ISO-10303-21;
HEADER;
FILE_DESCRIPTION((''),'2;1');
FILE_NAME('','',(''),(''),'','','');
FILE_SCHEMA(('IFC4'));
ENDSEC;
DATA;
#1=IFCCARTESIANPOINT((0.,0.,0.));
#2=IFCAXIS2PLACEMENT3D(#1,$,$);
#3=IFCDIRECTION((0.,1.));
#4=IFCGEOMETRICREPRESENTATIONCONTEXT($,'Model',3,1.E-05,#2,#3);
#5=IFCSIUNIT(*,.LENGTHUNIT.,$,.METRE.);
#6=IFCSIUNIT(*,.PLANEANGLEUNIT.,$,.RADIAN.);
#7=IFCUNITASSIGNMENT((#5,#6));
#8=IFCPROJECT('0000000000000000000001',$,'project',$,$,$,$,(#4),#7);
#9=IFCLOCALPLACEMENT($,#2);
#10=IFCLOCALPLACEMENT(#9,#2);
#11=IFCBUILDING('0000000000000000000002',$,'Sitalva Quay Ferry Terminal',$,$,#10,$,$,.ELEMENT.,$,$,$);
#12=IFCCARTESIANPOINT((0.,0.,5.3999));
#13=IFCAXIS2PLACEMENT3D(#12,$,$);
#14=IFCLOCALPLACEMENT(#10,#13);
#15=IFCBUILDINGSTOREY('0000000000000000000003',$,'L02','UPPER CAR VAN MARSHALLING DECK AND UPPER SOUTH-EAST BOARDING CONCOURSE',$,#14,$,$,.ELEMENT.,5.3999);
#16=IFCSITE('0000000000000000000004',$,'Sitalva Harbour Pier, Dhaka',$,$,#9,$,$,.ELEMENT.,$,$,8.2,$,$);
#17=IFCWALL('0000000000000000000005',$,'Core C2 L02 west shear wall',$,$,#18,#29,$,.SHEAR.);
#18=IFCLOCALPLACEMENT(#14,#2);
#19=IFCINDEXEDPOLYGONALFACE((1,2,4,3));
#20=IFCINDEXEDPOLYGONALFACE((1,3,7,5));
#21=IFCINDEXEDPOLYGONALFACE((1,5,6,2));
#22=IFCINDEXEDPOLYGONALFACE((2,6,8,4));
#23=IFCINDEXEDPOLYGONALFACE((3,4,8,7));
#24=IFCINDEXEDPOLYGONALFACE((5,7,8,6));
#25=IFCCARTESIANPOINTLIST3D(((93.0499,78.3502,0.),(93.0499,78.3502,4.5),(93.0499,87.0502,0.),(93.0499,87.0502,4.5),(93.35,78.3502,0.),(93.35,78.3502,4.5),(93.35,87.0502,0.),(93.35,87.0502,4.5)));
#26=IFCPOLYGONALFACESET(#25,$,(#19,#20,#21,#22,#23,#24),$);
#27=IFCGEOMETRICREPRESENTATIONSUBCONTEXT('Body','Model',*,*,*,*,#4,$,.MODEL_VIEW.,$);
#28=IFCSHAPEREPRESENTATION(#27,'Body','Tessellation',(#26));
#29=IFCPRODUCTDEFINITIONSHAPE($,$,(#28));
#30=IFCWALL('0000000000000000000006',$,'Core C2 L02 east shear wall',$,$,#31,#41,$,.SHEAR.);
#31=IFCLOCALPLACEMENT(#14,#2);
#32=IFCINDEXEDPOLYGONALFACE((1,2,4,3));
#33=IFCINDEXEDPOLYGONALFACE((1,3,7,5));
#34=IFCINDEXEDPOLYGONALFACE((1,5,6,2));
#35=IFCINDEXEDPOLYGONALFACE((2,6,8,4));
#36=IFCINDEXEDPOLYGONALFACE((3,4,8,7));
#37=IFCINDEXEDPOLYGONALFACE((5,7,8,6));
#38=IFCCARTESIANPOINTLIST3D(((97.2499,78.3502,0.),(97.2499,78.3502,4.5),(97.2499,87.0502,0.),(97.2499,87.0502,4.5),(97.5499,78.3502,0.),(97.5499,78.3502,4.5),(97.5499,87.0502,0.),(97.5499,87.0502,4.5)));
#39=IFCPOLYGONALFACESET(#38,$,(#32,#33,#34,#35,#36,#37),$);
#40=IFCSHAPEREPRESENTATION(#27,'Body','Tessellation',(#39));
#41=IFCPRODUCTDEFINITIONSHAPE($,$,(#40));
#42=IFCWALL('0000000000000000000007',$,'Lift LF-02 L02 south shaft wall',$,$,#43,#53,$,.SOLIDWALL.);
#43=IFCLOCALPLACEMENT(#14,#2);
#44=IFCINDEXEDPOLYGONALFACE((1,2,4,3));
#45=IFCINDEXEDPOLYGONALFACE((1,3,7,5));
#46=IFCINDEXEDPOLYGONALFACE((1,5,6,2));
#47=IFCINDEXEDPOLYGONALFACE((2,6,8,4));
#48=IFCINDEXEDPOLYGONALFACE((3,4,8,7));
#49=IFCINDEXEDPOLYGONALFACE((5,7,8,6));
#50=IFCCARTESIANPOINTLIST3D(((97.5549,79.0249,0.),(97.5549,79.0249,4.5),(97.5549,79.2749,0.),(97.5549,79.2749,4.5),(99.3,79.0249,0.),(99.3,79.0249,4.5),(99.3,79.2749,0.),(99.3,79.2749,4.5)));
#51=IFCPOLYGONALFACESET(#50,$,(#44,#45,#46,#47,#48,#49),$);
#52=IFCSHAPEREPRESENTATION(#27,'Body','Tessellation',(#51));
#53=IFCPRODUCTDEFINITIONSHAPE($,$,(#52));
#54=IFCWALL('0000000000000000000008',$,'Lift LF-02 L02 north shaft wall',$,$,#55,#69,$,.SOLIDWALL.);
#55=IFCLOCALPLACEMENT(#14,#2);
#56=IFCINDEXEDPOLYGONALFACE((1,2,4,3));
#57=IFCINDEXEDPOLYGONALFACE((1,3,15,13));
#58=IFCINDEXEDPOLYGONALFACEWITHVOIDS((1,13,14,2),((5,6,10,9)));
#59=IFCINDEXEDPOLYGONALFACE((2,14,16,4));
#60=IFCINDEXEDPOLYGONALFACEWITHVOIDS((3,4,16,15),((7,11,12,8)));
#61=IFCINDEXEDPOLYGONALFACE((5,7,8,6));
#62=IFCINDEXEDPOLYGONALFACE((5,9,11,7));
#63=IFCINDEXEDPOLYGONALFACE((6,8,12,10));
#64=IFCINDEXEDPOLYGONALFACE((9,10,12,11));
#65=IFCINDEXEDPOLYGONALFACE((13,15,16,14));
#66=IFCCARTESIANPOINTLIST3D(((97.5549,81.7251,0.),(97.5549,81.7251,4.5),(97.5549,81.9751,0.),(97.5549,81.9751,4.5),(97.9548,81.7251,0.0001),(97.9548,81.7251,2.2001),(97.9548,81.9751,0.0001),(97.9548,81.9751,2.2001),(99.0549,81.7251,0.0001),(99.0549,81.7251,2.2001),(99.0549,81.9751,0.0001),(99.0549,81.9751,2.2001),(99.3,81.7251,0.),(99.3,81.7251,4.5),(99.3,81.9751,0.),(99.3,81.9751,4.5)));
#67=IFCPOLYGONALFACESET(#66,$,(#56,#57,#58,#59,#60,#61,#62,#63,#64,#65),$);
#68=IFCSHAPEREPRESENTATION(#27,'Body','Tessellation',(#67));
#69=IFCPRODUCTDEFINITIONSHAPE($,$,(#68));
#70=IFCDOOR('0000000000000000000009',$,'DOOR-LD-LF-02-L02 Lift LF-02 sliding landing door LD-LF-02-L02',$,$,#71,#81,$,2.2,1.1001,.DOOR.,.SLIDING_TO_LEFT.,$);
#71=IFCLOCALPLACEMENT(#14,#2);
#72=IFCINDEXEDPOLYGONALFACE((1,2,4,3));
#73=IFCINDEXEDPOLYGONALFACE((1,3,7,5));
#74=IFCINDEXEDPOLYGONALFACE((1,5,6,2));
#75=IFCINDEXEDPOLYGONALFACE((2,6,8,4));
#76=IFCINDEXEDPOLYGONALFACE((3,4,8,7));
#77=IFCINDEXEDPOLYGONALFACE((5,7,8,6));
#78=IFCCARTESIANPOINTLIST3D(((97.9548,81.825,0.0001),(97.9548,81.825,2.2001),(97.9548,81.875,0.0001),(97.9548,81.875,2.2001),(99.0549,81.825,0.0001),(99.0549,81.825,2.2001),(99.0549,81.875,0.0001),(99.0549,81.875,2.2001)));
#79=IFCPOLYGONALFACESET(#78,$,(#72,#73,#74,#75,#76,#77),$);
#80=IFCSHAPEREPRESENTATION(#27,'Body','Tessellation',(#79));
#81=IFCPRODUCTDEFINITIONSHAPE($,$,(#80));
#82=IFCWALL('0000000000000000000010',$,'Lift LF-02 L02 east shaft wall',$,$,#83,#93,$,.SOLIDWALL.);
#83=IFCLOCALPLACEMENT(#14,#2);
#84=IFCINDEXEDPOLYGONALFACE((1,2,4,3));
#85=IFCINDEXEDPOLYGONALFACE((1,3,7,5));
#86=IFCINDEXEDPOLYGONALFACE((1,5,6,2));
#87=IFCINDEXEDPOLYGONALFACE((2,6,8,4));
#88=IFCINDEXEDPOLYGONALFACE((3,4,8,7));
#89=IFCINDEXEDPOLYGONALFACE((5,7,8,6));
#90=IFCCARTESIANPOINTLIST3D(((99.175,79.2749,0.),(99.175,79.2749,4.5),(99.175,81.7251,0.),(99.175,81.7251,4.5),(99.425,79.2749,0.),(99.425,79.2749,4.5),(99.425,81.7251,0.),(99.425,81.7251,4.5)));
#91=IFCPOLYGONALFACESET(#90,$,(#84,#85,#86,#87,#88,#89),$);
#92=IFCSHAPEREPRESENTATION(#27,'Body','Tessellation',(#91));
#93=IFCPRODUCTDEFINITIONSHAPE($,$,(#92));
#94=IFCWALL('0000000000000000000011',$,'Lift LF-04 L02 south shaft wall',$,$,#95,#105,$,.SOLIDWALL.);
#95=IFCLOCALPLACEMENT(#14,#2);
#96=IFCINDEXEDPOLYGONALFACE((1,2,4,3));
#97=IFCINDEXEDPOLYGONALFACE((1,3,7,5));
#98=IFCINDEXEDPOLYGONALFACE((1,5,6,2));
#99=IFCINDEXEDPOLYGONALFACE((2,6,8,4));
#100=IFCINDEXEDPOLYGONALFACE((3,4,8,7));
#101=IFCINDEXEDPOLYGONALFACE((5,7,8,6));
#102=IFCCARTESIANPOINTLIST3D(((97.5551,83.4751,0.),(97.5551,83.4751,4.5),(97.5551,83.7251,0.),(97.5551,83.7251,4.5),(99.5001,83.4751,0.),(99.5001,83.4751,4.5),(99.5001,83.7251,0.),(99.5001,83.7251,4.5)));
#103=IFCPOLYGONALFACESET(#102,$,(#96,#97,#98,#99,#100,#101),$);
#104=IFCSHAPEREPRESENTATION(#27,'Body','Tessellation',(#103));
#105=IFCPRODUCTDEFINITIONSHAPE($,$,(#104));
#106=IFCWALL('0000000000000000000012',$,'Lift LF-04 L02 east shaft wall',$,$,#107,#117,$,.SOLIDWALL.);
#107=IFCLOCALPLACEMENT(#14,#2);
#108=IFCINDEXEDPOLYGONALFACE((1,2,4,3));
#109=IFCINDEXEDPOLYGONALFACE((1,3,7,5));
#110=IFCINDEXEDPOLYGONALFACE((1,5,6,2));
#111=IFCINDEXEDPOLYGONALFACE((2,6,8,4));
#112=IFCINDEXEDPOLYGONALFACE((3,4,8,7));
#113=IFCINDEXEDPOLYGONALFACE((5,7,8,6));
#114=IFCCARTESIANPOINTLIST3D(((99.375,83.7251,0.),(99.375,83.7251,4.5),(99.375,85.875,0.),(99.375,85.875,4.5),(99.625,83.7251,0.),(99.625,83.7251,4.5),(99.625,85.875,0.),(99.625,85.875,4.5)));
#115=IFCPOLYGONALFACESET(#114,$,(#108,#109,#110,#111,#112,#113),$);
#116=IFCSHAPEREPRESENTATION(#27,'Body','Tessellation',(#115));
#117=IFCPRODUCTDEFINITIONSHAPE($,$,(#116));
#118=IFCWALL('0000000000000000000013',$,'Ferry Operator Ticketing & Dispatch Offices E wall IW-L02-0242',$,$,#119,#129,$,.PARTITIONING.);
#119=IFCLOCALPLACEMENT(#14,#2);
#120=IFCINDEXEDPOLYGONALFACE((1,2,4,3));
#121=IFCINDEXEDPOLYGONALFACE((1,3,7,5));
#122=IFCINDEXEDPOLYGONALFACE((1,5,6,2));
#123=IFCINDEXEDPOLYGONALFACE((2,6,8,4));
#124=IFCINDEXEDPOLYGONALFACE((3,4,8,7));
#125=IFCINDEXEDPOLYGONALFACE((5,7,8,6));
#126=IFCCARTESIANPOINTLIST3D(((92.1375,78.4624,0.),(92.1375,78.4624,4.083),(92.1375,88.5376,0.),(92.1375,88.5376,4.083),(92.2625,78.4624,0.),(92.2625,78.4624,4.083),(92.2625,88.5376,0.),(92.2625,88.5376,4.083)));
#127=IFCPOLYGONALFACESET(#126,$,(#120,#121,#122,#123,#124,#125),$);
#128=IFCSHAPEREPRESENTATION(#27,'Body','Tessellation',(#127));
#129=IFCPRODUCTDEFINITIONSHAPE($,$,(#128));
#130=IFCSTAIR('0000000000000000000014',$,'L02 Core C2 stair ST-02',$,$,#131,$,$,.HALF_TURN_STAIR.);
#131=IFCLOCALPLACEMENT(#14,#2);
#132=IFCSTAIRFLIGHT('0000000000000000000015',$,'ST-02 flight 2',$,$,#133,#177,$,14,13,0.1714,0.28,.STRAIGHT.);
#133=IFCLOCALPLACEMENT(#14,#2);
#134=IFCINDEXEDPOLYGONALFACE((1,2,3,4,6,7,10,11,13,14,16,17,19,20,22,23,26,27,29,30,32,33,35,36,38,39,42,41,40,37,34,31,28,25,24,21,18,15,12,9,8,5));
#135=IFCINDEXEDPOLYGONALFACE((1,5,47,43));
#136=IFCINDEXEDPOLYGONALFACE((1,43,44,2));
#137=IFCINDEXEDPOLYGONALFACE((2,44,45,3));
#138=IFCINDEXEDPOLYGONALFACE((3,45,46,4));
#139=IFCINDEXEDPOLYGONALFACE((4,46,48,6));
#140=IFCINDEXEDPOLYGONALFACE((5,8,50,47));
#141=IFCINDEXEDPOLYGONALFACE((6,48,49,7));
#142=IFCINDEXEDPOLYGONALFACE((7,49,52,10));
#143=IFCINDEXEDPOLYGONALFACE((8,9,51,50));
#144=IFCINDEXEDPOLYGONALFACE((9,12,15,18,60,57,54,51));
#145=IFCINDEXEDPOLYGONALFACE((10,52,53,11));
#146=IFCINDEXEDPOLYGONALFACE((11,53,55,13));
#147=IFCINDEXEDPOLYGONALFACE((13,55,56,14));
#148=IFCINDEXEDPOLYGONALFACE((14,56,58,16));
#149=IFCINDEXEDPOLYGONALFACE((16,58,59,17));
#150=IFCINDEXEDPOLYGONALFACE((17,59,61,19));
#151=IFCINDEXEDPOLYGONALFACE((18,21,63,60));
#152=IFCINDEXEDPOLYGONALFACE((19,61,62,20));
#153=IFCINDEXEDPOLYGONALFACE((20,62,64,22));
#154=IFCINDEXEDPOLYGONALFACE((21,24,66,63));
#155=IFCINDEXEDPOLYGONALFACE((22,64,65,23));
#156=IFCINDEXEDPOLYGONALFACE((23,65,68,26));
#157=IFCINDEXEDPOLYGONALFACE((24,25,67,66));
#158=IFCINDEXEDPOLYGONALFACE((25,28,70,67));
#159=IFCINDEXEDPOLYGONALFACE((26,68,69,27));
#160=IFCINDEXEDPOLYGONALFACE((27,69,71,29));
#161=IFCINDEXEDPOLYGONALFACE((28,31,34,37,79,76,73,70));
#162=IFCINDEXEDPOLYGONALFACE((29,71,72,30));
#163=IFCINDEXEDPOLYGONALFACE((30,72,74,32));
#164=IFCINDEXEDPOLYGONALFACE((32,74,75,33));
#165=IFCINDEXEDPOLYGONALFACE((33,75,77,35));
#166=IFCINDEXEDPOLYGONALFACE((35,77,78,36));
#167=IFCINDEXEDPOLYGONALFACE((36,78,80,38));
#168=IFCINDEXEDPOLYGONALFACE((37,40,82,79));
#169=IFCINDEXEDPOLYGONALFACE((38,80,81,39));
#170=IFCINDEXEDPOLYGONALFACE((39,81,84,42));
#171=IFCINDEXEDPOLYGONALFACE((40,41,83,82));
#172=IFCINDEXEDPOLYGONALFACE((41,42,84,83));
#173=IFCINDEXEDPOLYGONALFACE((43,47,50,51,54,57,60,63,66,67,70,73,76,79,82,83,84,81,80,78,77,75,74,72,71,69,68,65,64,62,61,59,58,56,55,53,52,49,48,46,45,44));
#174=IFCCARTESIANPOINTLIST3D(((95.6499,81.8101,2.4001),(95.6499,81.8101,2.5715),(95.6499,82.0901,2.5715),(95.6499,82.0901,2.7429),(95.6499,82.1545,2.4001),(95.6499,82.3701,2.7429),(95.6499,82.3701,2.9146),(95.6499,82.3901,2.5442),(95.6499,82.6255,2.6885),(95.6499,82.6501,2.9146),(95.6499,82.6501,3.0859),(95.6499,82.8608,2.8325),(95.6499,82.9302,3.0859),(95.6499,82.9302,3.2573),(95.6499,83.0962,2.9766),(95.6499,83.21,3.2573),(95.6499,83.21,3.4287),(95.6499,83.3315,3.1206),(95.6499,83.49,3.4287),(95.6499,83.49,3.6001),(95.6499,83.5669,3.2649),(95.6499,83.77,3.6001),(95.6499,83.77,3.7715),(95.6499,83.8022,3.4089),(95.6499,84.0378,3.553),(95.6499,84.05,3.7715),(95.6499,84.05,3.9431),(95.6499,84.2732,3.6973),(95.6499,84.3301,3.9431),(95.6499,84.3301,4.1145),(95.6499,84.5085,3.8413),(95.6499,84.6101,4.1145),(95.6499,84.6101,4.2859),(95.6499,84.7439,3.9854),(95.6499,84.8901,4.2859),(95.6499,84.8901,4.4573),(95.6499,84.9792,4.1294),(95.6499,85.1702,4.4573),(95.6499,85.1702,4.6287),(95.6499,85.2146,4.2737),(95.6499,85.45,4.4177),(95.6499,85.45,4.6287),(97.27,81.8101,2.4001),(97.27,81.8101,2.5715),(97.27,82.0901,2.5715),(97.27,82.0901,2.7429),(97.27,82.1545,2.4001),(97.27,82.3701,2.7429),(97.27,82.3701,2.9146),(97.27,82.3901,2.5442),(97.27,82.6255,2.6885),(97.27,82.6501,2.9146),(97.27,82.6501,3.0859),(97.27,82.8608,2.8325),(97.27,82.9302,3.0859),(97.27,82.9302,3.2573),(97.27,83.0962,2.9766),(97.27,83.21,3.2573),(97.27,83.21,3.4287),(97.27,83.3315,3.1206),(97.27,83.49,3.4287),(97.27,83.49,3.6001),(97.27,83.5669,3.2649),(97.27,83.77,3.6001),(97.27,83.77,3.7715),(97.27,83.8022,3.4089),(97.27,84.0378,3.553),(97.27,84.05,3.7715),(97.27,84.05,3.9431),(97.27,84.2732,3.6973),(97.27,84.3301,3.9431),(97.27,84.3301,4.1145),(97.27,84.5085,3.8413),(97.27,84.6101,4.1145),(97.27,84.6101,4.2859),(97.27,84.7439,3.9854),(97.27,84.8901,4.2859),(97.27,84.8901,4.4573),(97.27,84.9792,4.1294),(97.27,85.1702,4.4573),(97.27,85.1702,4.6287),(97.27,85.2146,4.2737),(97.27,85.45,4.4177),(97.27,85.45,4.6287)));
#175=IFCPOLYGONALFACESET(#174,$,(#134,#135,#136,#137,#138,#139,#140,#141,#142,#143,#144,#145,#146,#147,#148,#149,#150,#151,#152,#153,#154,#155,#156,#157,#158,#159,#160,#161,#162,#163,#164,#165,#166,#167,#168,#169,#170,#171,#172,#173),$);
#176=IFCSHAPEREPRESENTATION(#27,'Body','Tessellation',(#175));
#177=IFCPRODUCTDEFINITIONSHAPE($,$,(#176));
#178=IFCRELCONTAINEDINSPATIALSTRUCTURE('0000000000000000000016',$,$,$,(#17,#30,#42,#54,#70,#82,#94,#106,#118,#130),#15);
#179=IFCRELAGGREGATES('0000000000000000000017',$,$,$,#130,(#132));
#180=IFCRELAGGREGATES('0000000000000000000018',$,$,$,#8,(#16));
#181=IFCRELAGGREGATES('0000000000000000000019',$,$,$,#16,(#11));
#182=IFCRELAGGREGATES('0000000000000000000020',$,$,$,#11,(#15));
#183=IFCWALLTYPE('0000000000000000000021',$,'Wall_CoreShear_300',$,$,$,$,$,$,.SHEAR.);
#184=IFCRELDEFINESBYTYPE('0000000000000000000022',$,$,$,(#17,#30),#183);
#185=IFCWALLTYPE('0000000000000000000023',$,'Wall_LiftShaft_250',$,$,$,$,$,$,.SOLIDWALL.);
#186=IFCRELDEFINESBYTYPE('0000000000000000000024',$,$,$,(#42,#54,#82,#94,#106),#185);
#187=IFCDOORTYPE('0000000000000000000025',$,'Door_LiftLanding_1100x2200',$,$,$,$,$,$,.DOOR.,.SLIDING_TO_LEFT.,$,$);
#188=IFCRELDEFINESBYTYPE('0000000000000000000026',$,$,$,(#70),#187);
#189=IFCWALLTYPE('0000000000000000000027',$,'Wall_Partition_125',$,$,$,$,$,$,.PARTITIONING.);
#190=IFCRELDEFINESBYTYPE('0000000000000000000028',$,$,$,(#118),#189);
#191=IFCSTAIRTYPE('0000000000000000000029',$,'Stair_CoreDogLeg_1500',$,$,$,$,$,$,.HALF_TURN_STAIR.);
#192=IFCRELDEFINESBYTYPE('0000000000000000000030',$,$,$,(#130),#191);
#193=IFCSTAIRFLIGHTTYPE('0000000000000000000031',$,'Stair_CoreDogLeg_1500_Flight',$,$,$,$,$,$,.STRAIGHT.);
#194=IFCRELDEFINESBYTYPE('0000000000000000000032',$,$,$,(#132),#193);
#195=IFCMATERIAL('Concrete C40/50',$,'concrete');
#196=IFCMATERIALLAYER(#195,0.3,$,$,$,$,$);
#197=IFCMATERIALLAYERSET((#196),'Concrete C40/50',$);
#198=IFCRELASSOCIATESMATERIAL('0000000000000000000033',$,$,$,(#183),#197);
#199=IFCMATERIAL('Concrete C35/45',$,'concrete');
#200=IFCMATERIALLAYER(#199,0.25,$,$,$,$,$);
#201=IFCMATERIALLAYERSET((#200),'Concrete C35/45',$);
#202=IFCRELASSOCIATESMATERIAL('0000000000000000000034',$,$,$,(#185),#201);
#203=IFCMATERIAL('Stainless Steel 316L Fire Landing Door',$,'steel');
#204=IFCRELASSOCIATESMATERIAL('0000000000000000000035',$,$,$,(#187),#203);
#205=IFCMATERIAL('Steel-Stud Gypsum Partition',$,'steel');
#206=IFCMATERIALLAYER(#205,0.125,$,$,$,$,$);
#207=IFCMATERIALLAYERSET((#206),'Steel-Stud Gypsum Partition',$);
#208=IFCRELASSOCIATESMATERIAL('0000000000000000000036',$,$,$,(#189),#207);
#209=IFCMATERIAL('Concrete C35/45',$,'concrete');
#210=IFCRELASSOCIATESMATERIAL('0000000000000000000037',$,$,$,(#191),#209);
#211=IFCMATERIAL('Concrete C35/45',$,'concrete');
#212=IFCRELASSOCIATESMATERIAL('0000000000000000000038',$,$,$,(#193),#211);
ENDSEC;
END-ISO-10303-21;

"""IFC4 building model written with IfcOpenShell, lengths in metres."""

from ifc_helpers import new_model, si_unit, direction, frame, frame_2d, origin, place, context, subcontext, project, spatial, polyline, rectangle, outline, extrude, material, layer, layer_set, type_object, element, fill, aggregate, save


model = new_model("IFC4")

# Units and contexts
model_context = context("Model", 3, precision=1e-05, world=origin(), true_north=direction((0.0, 1.0)))
body_context = subcontext(model_context, "Body", "Model", "MODEL_VIEW")
ifc_project = project(units=[si_unit("LENGTHUNIT", "METRE"), si_unit("PLANEANGLEUNIT", "RADIAN")], contexts=[model_context])

# Site, building, storey
site_placement = place(None, origin())
site = spatial("IfcSite", under=ifc_project, at=site_placement, Name="Sitalva Harbour Pier, Dhaka", CompositionType="ELEMENT", RefElevation=8.2)
building_placement = place(site_placement, origin())
building = spatial("IfcBuilding", under=site, at=building_placement, Name="Sitalva Quay Ferry Terminal", CompositionType="ELEMENT")
storey_placement = place(building_placement, frame((0.0, 0.0, 5.3999)))
storey = spatial("IfcBuildingStorey", under=building, at=storey_placement, Name="L02", Description="UPPER CAR VAN MARSHALLING DECK AND UPPER SOUTH-EAST BOARDING CONCOURSE", CompositionType="ELEMENT", Elevation=5.3999)

# Walls
ifc_material_1 = material(Name="Concrete C40/50", Category="concrete")
ifc_layer_1 = layer(ifc_material_1, 0.3)
ifc_layer_set_1 = layer_set([ifc_layer_1], Name="Concrete C40/50")
wall_type_1 = type_object("IfcWallType", Name="Wall_CoreShear_300", PredefinedType="SHEAR", material=ifc_layer_set_1)
for number, where, z_axis, x_axis, name in (
    (1, (93.2, 78.3501, 0.0), (0.0, 0.0, 1.0), (0.0, 1.0, 0.0), "Core C2 L02 west shear wall"),
    (2, (97.3999, 78.3501, 0.0), (0.0, 0.0, 1.0), (0.0, 1.0, 0.0), "Core C2 L02 east shear wall"),
):
    element("IfcWall", number, at=place(storey_placement, frame(where, z_axis=z_axis, x_axis=x_axis)), inside=storey, type_object=wall_type_1, Name=name, PredefinedType="SHEAR", context=body_context, shape_type="SweptSolid", body=[
        extrude(rectangle(XDim=8.7, YDim=0.3, at=frame_2d((4.3501, 0.0))), origin(), (0.0, 0.0, 1.0), 4.5),
    ])
ifc_material_2 = material(Name="Concrete C35/45", Category="concrete")
ifc_layer_2 = layer(ifc_material_2, 0.25)
ifc_layer_set_2 = layer_set([ifc_layer_2], Name="Concrete C35/45")
wall_type_2 = type_object("IfcWallType", Name="Wall_LiftShaft_250", PredefinedType="SOLIDWALL", material=ifc_layer_set_2)
wall_1_placement = place(storey_placement, frame((97.5549, 79.1499, 0.0), z_axis=(0.0, 0.0, 1.0), x_axis=(1.0, 0.0, 0.0)))
element("IfcWall", 3, at=wall_1_placement, inside=storey, type_object=wall_type_2, Name="Lift LF-02 L02 south shaft wall", PredefinedType="SOLIDWALL", context=body_context, shape_type="SweptSolid", body=[
    extrude(rectangle(XDim=1.7451, YDim=0.25, at=frame_2d((0.8726, 0.0))), origin(), (0.0, 0.0, 1.0), 4.5),
])

# Wall, opening, door
wall_2_placement = place(storey_placement, frame((97.5549, 81.8501, 0.0), z_axis=(0.0, 0.0, 1.0), x_axis=(1.0, 0.0, 0.0)))
wall_2 = element("IfcWall", 4, at=wall_2_placement, inside=storey, type_object=wall_type_2, Name="Lift LF-02 L02 north shaft wall", PredefinedType="SOLIDWALL", context=body_context, shape_type="SweptSolid", body=[
    extrude(rectangle(XDim=1.7451, YDim=0.25, at=frame_2d((0.8726, 0.0))), origin(), (0.0, 0.0, 1.0), 4.5),
])
opening_placement = place(wall_2_placement, frame((0.3999, 0.0, 0.0)))
opening = element("IfcOpeningElement", 5, at=opening_placement, cuts=wall_2, PredefinedType="OPENING", context=body_context, shape_type="SweptSolid", body=[
    extrude(rectangle(XDim=1.1001, YDim=2.2, at=frame_2d((0.55, 1.1001))), frame((0.0, 0.135, 0.0), z_axis=(0.0, -1.0, 0.0), x_axis=(1.0, 0.0, 0.0)), (0.0, 0.0, 1.0), 0.27),
])
ifc_material_3 = material(Name="Stainless Steel 316L Fire Landing Door", Category="steel")
door_type = type_object("IfcDoorType", Name="Door_LiftLanding_1100x2200", OperationType="SLIDING_TO_LEFT", PredefinedType="DOOR", material=ifc_material_3)
door_placement = place(opening_placement, origin())
door = element("IfcDoor", 6, at=door_placement, inside=storey, type_object=door_type, Name="DOOR-LD-LF-02-L02 Lift LF-02 sliding landing door LD-LF-02-L02", OperationType="SLIDING_TO_LEFT", OverallHeight=2.2, OverallWidth=1.1001, PredefinedType="DOOR", context=body_context, shape_type="SweptSolid", body=[
    extrude(rectangle(XDim=1.1001, YDim=2.2, at=frame_2d((0.55, 1.1001))), frame((0.0, 0.0249, 0.0), z_axis=(0.0, -1.0, 0.0), x_axis=(1.0, 0.0, 0.0)), (0.0, 0.0, 1.0), 0.05),
])
fill(opening, door)

# Walls
wall_3_placement = place(storey_placement, frame((99.3, 79.2749, 0.0), z_axis=(0.0, 0.0, 1.0), x_axis=(0.0, 1.0, 0.0)))
element("IfcWall", 7, at=wall_3_placement, inside=storey, type_object=wall_type_2, Name="Lift LF-02 L02 east shaft wall", PredefinedType="SOLIDWALL", context=body_context, shape_type="SweptSolid", body=[
    extrude(rectangle(XDim=2.4502, YDim=0.25, at=frame_2d((1.2251, 0.0))), origin(), (0.0, 0.0, 1.0), 4.5),
])
wall_4_placement = place(storey_placement, frame((97.5549, 83.6001, 0.0), z_axis=(0.0, 0.0, 1.0), x_axis=(1.0, 0.0, 0.0)))
element("IfcWall", 8, at=wall_4_placement, inside=storey, type_object=wall_type_2, Name="Lift LF-04 L02 south shaft wall", PredefinedType="SOLIDWALL", context=body_context, shape_type="SweptSolid", body=[
    extrude(rectangle(XDim=1.9451, YDim=0.25, at=frame_2d((0.9727, 0.0))), origin(), (0.0, 0.0, 1.0), 4.5),
])
wall_5_placement = place(storey_placement, frame((99.5, 83.7251, 0.0), z_axis=(0.0, 0.0, 1.0), x_axis=(0.0, 1.0, 0.0)))
element("IfcWall", 9, at=wall_5_placement, inside=storey, type_object=wall_type_2, Name="Lift LF-04 L02 east shaft wall", PredefinedType="SOLIDWALL", context=body_context, shape_type="SweptSolid", body=[
    extrude(rectangle(XDim=2.1499, YDim=0.25, at=frame_2d((1.075, 0.0))), origin(), (0.0, 0.0, 1.0), 4.5),
])
ifc_material_4 = material(Name="Steel-Stud Gypsum Partition", Category="steel")
ifc_layer_3 = layer(ifc_material_4, 0.125)
ifc_layer_set_3 = layer_set([ifc_layer_3], Name="Steel-Stud Gypsum Partition")
wall_type_3 = type_object("IfcWallType", Name="Wall_Partition_125", PredefinedType="PARTITIONING", material=ifc_layer_set_3)
wall_6_placement = place(storey_placement, frame((92.2, 78.4624, 0.0), z_axis=(0.0, 0.0, 1.0), x_axis=(0.0, 1.0, 0.0)))
element("IfcWall", 10, at=wall_6_placement, inside=storey, type_object=wall_type_3, Name="Ferry Operator Ticketing & Dispatch Offices E wall IW-L02-0242", PredefinedType="PARTITIONING", context=body_context, shape_type="SweptSolid", body=[
    extrude(rectangle(XDim=10.0752, YDim=0.125, at=frame_2d((5.0376, 0.0))), origin(), (0.0, 0.0, 1.0), 4.083),
])

# Stair, stair flight
ifc_material_5 = material(Name="Concrete C35/45", Category="concrete")
stair_type = type_object("IfcStairType", Name="Stair_CoreDogLeg_1500", PredefinedType="HALF_TURN_STAIR", material=ifc_material_5)
stair_placement = place(storey_placement, origin())
stair = element("IfcStair", 11, at=stair_placement, inside=storey, type_object=stair_type, Name="L02 Core C2 stair ST-02", PredefinedType="HALF_TURN_STAIR")
ifc_material_6 = material(Name="Concrete C35/45", Category="concrete")
stair_flight_type = type_object("IfcStairFlightType", Name="Stair_CoreDogLeg_1500_Flight", PredefinedType="STRAIGHT", material=ifc_material_6)
stair_flight_placement = place(storey_placement, frame((96.46, 81.8101, 2.4001), z_axis=(0.0, 0.0, 1.0), x_axis=(0.0, 1.0, 0.0)))
stair_flight = element("IfcStairFlight", 12, at=stair_flight_placement, type_object=stair_flight_type, Name="ST-02 flight 2", NumberOfRisers=14, NumberOfTreads=13, PredefinedType="STRAIGHT", RiserHeight=0.1714, TreadLength=0.28, context=body_context, shape_type="SweptSolid", body=[
    extrude(outline(polyline([(0.0, 0.0), (0.0, 0.1714), (0.28, 0.1714), (0.28, 0.3428), (0.5601, 0.3428), (0.5601, 0.5144), (0.8401, 0.5144), (0.8401, 0.6858), (1.1201, 0.6858), (1.1201, 0.8572), (1.3999, 0.8572), (1.3999, 1.0286), (1.6799, 1.0286), (1.6799, 1.2), (1.96, 1.2), (1.96, 1.3713), (2.24, 1.3713), (2.24, 1.543), (2.52, 1.543), (2.52, 1.7144), (2.8, 1.7144), (2.8, 1.8857), (3.0801, 1.8857), (3.0801, 2.0571), (3.3601, 2.0571), (3.3601, 2.2285), (3.6399, 2.2285), (3.6399, 2.3999), (3.6399, 2.0176), (3.4045, 1.8735), (3.1692, 1.7292), (2.9338, 1.5852), (2.6985, 1.4412), (2.4631, 1.2971), (2.2278, 1.1528), (1.9922, 1.0088), (1.7568, 0.8647), (1.5215, 0.7205), (1.2861, 0.5764), (1.0508, 0.4324), (0.8154, 0.2883), (0.5801, 0.144), (0.3445, 0.0), (0.0, 0.0)])), frame((0.0, 0.8101, 0.0), z_axis=(0.0, -1.0, 0.0), x_axis=(1.0, 0.0, 0.0)), (0.0, 0.0, 1.0), 1.6201),
])
aggregate(stair, [stair_flight])

save(model, "model.ifc")
